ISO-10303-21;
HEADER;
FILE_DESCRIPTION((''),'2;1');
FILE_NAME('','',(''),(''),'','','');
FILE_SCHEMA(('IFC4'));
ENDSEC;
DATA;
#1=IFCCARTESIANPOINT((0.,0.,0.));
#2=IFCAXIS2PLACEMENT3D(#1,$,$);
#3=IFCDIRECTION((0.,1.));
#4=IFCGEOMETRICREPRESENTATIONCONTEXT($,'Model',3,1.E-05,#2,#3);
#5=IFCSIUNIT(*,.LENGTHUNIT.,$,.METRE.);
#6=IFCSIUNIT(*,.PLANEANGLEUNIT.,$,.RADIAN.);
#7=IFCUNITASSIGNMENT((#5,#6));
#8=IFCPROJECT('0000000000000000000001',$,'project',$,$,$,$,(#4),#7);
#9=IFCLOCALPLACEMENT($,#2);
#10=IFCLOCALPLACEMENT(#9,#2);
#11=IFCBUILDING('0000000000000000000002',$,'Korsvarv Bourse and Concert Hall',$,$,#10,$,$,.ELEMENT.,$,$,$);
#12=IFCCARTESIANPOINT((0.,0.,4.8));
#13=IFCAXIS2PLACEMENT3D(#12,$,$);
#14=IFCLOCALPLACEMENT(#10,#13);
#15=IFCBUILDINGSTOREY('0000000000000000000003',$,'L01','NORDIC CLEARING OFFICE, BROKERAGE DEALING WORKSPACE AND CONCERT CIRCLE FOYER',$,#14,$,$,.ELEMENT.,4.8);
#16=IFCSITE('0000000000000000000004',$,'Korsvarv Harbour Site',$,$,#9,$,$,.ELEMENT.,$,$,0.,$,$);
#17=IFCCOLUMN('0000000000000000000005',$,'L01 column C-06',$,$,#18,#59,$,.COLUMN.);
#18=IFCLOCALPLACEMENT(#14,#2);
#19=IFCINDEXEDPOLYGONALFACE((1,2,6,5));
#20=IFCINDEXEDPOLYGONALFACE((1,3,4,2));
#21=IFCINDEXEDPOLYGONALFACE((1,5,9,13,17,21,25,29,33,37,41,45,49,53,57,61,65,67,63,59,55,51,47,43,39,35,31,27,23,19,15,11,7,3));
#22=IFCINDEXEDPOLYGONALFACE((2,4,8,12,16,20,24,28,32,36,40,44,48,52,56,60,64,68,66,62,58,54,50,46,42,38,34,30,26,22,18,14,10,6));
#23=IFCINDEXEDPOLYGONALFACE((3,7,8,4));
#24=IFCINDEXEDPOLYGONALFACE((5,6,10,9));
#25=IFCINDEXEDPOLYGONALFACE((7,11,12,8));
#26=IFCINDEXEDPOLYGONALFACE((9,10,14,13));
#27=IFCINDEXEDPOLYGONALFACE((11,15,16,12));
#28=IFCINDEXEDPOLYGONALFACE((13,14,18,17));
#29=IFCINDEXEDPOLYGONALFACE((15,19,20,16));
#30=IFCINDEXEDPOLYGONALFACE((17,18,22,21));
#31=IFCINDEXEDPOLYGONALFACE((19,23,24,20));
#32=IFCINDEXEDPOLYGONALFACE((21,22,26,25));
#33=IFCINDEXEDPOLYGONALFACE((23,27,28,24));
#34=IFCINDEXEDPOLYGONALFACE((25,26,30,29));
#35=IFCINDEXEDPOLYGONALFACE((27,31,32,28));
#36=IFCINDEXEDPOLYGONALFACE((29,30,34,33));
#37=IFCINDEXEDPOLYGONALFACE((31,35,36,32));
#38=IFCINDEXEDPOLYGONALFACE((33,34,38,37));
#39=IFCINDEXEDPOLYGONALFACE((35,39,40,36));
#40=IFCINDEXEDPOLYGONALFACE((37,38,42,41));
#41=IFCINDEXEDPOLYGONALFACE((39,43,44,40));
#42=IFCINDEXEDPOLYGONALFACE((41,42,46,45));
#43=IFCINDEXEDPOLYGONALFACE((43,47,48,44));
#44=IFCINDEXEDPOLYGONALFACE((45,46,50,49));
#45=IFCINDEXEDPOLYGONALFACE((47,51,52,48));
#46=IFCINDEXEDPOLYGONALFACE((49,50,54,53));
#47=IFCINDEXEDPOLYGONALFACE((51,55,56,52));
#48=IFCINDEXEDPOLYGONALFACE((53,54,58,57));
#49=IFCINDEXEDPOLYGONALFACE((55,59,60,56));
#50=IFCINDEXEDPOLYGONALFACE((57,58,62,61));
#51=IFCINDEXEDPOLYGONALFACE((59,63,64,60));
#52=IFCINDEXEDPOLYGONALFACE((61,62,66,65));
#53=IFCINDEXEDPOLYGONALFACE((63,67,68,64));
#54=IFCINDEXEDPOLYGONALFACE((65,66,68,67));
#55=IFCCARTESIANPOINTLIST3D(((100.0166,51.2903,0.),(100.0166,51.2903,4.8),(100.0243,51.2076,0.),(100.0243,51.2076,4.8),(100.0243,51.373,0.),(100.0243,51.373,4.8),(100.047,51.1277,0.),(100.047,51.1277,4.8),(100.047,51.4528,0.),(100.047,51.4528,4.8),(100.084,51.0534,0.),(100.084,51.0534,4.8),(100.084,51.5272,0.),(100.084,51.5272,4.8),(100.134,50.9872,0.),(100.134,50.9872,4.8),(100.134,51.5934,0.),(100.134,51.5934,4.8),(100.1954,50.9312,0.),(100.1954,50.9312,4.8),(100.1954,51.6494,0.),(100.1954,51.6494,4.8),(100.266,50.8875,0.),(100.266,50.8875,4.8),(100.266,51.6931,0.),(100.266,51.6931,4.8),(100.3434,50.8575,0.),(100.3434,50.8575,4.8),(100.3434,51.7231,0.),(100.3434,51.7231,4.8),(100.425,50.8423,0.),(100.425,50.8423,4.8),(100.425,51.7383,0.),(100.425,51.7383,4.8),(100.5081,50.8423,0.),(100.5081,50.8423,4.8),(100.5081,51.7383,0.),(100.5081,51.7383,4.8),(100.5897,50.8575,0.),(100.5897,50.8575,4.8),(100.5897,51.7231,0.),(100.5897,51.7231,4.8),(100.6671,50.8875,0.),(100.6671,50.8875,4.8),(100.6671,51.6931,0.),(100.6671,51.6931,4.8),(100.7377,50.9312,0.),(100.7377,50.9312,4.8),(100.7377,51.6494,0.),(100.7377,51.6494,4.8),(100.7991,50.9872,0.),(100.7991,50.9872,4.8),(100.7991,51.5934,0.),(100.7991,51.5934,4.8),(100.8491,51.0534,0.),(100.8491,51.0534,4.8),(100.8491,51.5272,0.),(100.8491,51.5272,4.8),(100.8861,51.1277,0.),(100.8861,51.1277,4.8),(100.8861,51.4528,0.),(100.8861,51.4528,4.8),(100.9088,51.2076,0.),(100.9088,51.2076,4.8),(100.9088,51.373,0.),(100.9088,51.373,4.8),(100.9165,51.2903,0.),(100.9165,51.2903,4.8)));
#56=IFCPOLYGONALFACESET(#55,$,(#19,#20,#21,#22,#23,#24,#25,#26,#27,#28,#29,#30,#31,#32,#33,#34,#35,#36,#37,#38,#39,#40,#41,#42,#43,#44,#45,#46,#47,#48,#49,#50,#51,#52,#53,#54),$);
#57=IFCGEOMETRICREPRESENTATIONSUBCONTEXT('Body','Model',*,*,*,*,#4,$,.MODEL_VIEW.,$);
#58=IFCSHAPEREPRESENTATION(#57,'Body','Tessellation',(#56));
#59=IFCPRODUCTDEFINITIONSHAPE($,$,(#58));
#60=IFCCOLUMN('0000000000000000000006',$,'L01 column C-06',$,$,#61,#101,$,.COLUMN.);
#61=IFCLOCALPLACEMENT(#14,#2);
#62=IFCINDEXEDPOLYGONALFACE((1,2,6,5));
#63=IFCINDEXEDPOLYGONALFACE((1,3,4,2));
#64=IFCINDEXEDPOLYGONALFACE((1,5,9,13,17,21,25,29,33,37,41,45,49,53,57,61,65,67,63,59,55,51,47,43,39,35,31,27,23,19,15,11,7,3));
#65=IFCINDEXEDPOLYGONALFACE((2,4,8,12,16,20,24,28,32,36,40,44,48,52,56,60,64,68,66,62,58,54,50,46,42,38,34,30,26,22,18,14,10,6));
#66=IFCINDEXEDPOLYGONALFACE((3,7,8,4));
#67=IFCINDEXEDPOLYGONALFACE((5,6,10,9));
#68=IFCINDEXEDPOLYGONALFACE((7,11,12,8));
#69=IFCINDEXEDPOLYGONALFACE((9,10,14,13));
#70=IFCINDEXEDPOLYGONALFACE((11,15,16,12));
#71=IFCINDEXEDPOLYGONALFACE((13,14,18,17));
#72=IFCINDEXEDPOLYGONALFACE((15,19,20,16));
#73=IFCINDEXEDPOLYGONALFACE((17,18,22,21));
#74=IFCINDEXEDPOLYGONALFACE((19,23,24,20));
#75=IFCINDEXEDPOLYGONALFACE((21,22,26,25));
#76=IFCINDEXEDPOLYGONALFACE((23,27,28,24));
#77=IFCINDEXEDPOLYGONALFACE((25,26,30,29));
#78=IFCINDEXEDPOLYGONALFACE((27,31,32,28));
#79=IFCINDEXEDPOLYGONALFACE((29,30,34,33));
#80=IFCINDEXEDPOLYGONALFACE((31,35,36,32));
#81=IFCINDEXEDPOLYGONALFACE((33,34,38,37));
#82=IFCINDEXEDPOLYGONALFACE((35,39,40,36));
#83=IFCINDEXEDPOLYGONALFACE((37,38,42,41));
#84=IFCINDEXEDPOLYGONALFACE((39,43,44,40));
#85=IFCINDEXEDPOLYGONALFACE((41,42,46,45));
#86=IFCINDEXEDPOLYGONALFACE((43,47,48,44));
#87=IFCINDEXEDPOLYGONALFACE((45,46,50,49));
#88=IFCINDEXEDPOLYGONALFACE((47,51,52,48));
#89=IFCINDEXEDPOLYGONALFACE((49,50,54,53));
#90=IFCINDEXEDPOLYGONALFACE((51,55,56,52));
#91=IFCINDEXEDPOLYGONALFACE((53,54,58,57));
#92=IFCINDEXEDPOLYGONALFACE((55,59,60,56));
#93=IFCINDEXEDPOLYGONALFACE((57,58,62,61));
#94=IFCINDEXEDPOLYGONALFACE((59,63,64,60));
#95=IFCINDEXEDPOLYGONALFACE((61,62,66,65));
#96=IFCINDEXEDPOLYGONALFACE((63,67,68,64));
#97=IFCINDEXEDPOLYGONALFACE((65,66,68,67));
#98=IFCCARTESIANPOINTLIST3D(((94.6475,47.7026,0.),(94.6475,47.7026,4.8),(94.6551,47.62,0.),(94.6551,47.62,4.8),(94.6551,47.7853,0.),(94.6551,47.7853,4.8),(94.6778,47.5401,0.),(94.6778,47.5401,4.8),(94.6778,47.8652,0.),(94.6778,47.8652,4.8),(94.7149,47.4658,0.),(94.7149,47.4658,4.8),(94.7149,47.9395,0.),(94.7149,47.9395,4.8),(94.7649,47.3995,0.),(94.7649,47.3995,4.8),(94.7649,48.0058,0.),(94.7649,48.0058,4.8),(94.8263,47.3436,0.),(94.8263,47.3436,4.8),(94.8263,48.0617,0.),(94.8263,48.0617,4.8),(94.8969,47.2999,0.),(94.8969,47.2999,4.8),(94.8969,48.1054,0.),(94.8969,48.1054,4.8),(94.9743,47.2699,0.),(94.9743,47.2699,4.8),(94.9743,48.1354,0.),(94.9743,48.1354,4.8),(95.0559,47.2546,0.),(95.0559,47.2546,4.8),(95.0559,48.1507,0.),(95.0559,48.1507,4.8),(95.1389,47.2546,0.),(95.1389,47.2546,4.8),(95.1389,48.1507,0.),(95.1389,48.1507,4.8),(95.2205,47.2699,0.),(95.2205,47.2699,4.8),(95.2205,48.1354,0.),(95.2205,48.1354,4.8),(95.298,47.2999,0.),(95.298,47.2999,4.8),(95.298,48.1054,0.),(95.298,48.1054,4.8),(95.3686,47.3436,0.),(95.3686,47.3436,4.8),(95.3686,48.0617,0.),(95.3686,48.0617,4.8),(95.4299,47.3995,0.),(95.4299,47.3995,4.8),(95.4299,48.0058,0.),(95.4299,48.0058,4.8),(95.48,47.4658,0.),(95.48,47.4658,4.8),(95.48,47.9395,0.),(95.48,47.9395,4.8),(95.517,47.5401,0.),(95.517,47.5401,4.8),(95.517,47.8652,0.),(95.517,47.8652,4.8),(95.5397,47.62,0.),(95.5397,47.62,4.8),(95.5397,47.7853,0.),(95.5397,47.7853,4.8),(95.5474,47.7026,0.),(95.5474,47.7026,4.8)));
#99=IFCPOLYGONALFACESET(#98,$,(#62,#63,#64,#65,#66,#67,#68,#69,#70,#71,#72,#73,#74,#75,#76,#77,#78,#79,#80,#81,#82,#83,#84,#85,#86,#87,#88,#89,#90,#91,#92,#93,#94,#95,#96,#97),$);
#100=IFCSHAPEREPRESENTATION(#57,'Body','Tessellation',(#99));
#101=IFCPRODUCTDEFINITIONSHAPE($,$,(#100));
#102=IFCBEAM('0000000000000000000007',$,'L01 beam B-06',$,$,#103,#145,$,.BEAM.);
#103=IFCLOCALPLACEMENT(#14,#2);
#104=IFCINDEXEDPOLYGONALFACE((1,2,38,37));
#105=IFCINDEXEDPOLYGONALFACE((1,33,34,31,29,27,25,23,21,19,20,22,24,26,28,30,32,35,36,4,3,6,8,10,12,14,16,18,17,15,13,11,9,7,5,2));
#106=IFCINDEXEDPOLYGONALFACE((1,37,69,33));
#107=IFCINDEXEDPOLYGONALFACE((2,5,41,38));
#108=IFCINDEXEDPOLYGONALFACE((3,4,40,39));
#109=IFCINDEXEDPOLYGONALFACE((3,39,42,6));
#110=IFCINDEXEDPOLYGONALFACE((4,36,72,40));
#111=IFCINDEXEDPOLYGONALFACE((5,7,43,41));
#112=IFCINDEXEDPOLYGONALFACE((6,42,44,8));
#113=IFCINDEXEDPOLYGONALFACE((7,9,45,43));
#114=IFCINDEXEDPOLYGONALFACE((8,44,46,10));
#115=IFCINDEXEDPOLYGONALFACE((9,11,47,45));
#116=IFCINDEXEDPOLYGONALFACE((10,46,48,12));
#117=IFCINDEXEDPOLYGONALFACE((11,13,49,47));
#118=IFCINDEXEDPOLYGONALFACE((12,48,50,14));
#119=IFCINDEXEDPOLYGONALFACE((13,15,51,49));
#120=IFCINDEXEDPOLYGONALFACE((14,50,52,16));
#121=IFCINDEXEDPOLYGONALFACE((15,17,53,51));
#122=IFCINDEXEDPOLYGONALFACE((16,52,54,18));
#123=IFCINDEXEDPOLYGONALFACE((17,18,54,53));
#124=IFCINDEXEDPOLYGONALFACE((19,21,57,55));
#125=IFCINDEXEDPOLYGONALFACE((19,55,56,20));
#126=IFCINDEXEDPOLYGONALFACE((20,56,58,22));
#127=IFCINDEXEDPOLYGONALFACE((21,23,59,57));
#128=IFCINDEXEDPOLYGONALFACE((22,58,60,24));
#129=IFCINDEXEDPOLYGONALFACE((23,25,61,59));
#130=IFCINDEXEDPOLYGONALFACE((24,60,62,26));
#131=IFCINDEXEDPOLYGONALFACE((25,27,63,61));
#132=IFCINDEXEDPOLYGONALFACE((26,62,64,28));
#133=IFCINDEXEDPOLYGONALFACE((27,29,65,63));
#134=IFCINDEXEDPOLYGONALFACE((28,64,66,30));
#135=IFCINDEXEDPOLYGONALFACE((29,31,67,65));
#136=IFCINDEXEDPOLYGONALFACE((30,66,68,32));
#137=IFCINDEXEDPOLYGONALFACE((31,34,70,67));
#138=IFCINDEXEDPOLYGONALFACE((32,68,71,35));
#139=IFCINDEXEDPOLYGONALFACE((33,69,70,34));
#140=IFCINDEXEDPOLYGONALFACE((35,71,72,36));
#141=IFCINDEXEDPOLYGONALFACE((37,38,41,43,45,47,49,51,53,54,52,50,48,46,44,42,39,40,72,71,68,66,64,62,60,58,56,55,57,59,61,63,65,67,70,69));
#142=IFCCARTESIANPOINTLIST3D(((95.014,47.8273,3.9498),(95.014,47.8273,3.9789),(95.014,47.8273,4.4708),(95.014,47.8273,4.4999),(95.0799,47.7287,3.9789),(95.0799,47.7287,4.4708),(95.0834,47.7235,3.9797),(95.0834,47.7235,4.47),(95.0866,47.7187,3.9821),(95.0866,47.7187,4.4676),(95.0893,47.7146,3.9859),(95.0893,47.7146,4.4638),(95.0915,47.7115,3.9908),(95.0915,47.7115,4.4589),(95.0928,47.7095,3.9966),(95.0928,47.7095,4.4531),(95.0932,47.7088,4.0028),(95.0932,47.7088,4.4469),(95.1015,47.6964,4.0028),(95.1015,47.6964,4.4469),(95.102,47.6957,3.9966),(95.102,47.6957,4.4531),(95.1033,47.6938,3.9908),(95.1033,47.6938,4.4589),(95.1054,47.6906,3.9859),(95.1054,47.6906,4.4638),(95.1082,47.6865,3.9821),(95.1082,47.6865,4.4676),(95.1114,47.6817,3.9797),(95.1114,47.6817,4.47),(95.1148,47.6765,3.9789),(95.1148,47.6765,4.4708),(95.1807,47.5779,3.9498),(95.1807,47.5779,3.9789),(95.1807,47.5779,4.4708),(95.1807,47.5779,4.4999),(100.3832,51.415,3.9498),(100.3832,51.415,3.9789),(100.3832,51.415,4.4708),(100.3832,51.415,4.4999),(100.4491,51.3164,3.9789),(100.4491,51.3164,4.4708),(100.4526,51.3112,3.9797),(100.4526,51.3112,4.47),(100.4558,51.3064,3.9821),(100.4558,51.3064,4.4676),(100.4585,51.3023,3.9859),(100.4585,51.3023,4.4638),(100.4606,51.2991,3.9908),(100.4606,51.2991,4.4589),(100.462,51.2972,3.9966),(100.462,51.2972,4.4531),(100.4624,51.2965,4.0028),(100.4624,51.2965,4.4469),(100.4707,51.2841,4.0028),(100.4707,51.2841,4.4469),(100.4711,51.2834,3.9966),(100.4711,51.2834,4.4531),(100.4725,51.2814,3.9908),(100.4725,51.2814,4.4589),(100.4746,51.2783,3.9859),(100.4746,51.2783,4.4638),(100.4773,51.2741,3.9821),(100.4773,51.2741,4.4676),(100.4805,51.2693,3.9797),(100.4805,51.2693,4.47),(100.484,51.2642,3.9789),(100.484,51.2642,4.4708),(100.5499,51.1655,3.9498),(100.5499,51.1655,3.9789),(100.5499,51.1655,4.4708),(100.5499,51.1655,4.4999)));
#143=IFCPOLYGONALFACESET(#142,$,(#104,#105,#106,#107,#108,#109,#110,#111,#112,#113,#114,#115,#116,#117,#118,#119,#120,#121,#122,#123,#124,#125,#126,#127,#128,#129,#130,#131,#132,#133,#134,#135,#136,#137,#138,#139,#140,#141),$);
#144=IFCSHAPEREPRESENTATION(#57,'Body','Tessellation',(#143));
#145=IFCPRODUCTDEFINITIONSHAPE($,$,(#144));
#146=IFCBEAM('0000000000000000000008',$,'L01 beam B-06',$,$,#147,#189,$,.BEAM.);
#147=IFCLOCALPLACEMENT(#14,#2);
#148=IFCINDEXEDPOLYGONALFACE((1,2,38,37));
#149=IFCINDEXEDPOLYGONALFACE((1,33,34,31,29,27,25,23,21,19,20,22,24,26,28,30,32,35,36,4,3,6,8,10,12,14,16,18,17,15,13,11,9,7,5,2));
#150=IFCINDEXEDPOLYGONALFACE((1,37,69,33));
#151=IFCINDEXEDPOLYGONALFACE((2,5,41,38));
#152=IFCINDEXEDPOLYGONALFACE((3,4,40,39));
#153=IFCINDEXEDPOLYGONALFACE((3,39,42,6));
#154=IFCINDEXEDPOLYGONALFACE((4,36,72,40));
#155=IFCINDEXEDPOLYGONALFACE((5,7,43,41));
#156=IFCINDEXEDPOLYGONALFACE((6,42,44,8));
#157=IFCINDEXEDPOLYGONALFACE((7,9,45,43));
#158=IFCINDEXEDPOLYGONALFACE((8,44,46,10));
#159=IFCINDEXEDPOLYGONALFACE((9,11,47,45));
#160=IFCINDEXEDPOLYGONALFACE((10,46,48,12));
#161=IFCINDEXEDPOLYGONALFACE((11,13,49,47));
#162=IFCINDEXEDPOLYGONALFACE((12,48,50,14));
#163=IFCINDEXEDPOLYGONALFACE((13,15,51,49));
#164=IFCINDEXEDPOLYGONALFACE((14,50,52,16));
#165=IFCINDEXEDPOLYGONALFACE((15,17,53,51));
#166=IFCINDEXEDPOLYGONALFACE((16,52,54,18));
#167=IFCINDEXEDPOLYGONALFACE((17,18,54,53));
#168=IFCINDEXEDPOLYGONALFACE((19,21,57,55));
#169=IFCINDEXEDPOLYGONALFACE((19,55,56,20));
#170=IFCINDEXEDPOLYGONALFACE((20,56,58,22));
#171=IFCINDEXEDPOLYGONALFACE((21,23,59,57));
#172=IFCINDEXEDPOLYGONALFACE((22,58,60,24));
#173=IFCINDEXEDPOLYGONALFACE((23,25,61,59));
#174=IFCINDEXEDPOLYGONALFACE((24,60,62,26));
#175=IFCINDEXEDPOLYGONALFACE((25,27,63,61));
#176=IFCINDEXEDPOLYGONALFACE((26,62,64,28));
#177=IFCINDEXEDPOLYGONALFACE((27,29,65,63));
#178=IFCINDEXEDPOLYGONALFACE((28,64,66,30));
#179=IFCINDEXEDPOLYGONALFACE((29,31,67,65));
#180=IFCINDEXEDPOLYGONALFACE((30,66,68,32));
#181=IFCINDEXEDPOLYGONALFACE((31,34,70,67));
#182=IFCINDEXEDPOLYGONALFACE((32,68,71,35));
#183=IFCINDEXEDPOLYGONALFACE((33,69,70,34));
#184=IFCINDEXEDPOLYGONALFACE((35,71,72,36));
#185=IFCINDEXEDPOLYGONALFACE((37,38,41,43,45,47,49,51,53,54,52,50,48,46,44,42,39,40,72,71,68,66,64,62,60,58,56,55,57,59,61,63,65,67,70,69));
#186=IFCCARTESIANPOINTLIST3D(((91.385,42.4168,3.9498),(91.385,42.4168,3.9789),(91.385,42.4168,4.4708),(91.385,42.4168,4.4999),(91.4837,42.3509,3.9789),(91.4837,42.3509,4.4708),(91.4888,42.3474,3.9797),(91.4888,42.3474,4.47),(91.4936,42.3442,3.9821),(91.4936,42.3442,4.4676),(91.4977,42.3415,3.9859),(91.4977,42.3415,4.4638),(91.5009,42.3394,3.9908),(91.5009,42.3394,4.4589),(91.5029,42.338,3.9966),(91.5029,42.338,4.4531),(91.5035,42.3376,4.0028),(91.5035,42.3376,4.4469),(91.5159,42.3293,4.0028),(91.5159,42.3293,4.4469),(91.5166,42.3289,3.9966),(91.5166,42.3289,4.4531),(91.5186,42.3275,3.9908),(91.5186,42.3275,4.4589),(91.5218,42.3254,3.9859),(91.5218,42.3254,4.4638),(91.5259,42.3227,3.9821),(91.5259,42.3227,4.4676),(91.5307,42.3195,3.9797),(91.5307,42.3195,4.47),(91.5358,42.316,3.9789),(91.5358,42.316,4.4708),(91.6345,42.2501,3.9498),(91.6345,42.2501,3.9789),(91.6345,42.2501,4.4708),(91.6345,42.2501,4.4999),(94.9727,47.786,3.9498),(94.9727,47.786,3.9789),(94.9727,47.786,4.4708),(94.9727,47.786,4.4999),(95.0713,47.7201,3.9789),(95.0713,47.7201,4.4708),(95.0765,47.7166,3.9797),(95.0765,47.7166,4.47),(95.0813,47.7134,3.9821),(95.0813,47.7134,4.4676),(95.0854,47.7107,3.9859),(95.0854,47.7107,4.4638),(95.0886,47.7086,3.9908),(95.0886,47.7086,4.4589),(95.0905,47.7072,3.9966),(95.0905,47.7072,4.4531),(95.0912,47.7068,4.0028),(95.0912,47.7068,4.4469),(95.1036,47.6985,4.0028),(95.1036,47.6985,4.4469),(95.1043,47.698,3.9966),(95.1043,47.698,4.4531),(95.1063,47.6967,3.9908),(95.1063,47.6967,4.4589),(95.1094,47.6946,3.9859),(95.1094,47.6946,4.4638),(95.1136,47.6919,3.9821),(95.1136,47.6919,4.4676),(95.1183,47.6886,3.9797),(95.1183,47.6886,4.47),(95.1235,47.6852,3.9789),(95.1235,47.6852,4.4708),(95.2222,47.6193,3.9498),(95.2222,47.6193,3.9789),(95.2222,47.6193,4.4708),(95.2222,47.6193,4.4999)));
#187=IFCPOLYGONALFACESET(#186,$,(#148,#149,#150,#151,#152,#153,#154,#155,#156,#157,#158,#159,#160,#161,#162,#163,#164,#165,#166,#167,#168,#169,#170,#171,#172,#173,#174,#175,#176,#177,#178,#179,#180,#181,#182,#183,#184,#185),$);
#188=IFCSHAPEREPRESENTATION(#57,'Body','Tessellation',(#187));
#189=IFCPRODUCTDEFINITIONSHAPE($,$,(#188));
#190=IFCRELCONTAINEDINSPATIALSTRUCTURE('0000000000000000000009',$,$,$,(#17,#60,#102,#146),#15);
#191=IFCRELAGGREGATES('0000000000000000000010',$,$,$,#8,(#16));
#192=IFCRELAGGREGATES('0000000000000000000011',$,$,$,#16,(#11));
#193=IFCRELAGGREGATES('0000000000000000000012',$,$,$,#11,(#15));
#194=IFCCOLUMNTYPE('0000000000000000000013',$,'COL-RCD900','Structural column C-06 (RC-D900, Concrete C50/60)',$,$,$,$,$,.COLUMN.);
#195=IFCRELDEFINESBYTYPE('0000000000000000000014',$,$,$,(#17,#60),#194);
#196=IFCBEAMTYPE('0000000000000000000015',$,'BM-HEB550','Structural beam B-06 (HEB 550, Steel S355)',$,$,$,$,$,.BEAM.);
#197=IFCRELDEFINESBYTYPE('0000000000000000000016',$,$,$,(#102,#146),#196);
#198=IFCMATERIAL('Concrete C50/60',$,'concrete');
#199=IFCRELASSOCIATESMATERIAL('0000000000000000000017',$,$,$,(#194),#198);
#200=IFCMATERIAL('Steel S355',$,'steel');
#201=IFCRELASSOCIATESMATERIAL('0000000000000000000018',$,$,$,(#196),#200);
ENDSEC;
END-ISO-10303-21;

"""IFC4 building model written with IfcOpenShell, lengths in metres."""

from ifc_helpers import new_model, si_unit, direction, frame, origin, origin_2d, place, context, subcontext, project, spatial, circle, i_section, extrude, source, transform, mapped, material, material_profile, profile_set, type_object, element, save


model = new_model("IFC4")

# Units and contexts
model_context = context("Model", 3, precision=1e-05, world=origin(), true_north=direction((0.0, 1.0)))
body_context = subcontext(model_context, "Body", "Model", "MODEL_VIEW")
ifc_project = project(units=[si_unit("LENGTHUNIT", "METRE"), si_unit("PLANEANGLEUNIT", "RADIAN")], contexts=[model_context])

# Site, building, storey
site_placement = place(None, origin())
site = spatial("IfcSite", under=ifc_project, at=site_placement, Name="Korsvarv Harbour Site", CompositionType="ELEMENT", RefElevation=0.0)
building_placement = place(site_placement, origin())
building = spatial("IfcBuilding", under=site, at=building_placement, Name="Korsvarv Bourse and Concert Hall", CompositionType="ELEMENT")
storey_placement = place(building_placement, frame((0.0, 0.0, 4.8)))
storey = spatial("IfcBuildingStorey", under=building, at=storey_placement, Name="L01", Description="NORDIC CLEARING OFFICE, BROKERAGE DEALING WORKSPACE AND CONCERT CIRCLE FOYER", CompositionType="ELEMENT", Elevation=4.8)

# Columns
ifc_material_1 = material(Name="Concrete C50/60", Category="concrete")
ifc_material_profile_1 = material_profile(ifc_material_1, circle(Radius=0.45, at=origin_2d()), Name="RC-D900")
ifc_profile_set_1 = profile_set([ifc_material_profile_1], Name="Concrete C50/60")
column_type = type_object("IfcColumnType", Name="COL-RCD900", Description="Structural column C-06 (RC-D900, Concrete C50/60)", PredefinedType="COLUMN", material=ifc_profile_set_1)
shared_shape_1 = source(origin(), body_context, "Body", "SweptSolid", [
    extrude(circle(Radius=0.45, at=origin_2d()), origin(), (0.0, 0.0, 1.0), 4.8),
])
for number, where, z_axis, x_axis, name in (
    (1, (100.4666, 51.2903, 0.0), (0.0, 0.0, 1.0), (1.0, 0.0, 0.0), "L01 column C-06"),
    (2, (95.0974, 47.7026, 0.0), (0.0, 0.0, 1.0), (1.0, 0.0, 0.0), "L01 column C-06"),
):
    element("IfcColumn", number, at=place(storey_placement, frame(where, z_axis=z_axis, x_axis=x_axis)), inside=storey, type_object=column_type, Name=name, PredefinedType="COLUMN", context=body_context, shape_type="MappedRepresentation", body=[
        mapped(shared_shape_1, transform((0.0, 0.0, 0.0), scale=1.0)),
    ])

# Beams
ifc_material_2 = material(Name="Steel S355", Category="steel")
ifc_material_profile_2 = material_profile(ifc_material_2, i_section(OverallWidth=0.3, OverallDepth=0.55, WebThickness=0.0149, FlangeThickness=0.0291, FilletRadius=0.0239, at=origin_2d()), Name="HEB 550")
ifc_profile_set_2 = profile_set([ifc_material_profile_2], Name="Steel S355")
beam_type = type_object("IfcBeamType", Name="BM-HEB550", Description="Structural beam B-06 (HEB 550, Steel S355)", PredefinedType="BEAM", material=ifc_profile_set_2)
shared_shape_2 = source(origin(), body_context, "Body", "SweptSolid", [
    extrude(i_section(OverallWidth=0.3, OverallDepth=0.55, WebThickness=0.0149, FlangeThickness=0.0291, FilletRadius=0.0239, at=origin_2d()), origin(), (0.0, 0.0, 1.0), 6.4575),
])
for number, where, z_axis, x_axis, name in (
    (3, (100.4666, 51.2903, 4.2249), (-0.831462, -0.555581, 0.0), (0.555581, -0.831462, 0.0), "L01 beam B-06"),
    (4, (95.0974, 47.7026, 4.2249), (-0.555581, -0.831462, 0.0), (0.831462, -0.555581, 0.0), "L01 beam B-06"),
):
    element("IfcBeam", number, at=place(storey_placement, frame(where, z_axis=z_axis, x_axis=x_axis)), inside=storey, type_object=beam_type, Name=name, PredefinedType="BEAM", context=body_context, shape_type="MappedRepresentation", body=[
        mapped(shared_shape_2, transform((0.0, 0.0, 0.0), scale=1.0)),
    ])

save(model, "model.ifc")
